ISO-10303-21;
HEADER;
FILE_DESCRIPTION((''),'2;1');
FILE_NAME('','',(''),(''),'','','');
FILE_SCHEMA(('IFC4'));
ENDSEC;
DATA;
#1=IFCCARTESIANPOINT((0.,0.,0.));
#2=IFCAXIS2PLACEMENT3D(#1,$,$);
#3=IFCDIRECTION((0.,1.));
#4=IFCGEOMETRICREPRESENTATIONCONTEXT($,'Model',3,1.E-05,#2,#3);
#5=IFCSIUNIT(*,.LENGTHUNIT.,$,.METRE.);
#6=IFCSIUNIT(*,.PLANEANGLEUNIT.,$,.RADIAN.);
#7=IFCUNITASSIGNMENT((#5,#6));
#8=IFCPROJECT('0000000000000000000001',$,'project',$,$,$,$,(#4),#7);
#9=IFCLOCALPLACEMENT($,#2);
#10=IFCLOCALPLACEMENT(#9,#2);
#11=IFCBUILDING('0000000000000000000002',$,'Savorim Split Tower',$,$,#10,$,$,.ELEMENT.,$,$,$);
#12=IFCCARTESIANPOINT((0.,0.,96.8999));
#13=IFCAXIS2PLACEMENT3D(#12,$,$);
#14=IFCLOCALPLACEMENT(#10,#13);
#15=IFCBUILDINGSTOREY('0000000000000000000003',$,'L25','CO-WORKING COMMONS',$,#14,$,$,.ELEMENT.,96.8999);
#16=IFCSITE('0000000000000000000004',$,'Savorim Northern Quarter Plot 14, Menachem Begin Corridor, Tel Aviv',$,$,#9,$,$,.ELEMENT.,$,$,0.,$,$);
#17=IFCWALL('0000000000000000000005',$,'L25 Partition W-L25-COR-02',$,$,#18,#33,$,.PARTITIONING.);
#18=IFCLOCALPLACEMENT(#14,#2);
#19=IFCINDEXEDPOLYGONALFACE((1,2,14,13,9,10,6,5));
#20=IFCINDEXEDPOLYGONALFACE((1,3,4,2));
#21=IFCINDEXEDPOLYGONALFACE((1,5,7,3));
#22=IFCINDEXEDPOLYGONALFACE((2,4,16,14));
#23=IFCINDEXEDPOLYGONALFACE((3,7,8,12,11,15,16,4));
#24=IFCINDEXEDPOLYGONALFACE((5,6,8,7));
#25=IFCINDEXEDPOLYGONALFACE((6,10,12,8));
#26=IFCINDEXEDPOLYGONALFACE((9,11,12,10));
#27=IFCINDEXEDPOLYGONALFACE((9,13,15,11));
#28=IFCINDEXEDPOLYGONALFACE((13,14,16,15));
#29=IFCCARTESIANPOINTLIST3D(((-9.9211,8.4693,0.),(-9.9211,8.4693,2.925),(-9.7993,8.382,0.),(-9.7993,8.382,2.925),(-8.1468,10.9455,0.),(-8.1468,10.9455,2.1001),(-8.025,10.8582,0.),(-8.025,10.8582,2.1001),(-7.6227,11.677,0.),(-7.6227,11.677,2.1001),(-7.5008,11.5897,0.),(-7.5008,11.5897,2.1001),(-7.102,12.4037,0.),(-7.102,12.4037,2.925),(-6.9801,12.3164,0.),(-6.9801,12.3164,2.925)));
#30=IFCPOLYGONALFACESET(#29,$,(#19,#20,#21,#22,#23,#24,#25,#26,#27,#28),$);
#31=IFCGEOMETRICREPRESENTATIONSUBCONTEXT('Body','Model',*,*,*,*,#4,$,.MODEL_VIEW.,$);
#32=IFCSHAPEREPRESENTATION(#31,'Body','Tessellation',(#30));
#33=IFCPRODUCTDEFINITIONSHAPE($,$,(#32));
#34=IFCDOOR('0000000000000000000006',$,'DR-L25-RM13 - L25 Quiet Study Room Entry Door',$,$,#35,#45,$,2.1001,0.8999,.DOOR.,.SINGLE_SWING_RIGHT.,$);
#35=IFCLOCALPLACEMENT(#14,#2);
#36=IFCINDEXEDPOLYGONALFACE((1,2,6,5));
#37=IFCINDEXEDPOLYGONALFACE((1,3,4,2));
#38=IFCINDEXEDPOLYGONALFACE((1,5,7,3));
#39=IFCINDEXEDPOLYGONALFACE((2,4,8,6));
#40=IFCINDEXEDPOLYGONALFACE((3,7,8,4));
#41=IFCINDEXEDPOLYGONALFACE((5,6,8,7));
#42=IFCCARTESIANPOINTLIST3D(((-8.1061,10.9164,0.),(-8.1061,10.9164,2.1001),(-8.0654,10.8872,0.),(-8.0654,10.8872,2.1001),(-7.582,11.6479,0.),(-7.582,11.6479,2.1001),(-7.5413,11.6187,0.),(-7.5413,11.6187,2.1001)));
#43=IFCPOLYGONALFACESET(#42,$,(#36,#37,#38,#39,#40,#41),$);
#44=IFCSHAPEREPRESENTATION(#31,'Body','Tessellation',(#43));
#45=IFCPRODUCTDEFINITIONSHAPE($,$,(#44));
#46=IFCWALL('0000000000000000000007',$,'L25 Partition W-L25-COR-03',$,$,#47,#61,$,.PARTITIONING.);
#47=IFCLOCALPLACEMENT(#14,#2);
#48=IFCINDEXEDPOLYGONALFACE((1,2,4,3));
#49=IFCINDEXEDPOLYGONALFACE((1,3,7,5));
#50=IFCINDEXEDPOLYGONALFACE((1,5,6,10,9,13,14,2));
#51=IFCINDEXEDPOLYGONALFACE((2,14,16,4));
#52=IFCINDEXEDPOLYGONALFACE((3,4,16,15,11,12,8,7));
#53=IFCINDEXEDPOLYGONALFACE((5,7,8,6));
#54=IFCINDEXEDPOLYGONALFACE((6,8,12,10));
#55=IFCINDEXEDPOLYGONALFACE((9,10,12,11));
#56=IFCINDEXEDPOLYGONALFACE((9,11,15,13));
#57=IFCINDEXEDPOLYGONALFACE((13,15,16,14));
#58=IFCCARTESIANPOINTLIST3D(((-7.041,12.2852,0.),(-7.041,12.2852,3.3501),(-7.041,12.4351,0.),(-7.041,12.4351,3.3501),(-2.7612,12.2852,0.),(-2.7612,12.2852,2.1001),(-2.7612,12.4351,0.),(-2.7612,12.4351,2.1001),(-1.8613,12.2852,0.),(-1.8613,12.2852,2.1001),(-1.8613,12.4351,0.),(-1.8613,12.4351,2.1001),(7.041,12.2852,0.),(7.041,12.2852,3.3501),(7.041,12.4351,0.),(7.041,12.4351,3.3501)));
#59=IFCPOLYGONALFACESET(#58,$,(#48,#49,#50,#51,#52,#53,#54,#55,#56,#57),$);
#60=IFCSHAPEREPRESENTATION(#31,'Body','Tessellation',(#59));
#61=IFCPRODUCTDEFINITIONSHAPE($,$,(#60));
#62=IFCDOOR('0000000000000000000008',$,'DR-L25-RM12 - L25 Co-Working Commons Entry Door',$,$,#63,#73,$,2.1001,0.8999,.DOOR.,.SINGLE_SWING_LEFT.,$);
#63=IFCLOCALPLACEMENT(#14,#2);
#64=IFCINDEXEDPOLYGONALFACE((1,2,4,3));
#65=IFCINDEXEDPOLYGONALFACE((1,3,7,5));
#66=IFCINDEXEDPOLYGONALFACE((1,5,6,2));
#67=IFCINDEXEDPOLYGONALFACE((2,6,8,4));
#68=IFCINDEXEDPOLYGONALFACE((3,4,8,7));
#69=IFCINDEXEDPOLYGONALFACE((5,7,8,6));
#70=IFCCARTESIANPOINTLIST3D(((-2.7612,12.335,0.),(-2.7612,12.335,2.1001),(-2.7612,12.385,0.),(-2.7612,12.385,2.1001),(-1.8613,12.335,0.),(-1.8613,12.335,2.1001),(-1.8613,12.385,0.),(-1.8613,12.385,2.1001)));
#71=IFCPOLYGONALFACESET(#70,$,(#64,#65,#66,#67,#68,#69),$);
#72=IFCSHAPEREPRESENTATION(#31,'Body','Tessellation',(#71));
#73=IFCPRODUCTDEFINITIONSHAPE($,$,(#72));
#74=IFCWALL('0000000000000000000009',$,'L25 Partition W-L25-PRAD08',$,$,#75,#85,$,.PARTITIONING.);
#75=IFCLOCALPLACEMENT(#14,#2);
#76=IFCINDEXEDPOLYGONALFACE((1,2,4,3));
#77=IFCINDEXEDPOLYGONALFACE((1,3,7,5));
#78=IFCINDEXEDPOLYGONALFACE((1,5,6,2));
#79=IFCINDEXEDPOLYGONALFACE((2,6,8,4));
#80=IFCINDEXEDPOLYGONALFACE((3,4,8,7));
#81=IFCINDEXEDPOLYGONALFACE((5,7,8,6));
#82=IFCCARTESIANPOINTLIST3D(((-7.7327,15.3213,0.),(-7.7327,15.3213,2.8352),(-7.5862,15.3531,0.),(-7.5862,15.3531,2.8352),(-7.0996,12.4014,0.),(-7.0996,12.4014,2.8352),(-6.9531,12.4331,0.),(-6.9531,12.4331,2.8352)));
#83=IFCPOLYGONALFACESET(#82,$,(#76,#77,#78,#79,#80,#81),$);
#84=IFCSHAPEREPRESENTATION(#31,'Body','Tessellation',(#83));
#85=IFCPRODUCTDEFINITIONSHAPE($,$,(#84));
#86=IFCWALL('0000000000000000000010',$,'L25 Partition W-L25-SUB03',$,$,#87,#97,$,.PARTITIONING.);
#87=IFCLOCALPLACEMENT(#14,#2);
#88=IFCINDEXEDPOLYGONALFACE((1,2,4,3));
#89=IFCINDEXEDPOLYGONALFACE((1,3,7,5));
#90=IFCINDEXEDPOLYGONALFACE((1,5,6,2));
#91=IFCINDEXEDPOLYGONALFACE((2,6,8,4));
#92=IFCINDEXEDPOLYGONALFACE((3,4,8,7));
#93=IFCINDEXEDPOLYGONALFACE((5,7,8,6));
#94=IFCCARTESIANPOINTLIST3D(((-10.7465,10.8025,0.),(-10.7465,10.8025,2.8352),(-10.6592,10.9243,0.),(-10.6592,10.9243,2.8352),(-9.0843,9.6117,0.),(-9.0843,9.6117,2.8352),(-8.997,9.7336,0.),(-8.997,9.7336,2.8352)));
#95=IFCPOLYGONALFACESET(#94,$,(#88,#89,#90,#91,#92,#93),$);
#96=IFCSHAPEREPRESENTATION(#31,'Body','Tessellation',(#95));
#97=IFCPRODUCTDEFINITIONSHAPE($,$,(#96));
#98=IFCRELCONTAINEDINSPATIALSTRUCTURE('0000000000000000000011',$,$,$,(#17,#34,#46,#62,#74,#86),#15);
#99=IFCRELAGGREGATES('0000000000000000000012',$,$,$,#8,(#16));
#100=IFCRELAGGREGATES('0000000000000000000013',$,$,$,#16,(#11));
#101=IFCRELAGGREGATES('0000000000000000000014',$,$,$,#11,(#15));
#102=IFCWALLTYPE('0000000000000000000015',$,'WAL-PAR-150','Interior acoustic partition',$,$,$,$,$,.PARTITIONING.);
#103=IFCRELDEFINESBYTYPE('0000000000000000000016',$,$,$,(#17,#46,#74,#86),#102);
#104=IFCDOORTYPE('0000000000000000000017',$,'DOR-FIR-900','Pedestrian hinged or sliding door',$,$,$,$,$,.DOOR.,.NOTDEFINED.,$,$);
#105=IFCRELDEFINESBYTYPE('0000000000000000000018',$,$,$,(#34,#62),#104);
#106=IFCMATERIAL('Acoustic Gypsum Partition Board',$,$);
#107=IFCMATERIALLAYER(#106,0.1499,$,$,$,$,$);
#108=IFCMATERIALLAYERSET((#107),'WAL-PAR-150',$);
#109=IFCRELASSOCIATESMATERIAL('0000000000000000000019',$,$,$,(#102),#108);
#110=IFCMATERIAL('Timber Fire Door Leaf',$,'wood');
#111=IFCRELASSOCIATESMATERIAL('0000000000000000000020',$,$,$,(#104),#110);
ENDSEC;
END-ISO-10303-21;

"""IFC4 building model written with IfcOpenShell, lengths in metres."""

from ifc_helpers import new_model, si_unit, direction, frame, frame_2d, origin, place, context, subcontext, project, spatial, rectangle, extrude, material, layer, layer_set, type_object, element, fill, save


model = new_model("IFC4")

# Units and contexts
model_context = context("Model", 3, precision=1e-05, world=origin(), true_north=direction((0.0, 1.0)))
body_context = subcontext(model_context, "Body", "Model", "MODEL_VIEW")
ifc_project = project(units=[si_unit("LENGTHUNIT", "METRE"), si_unit("PLANEANGLEUNIT", "RADIAN")], contexts=[model_context])

# Site, building, storey
site_placement = place(None, origin())
site = spatial("IfcSite", under=ifc_project, at=site_placement, Name="Savorim Northern Quarter Plot 14, Menachem Begin Corridor, Tel Aviv", CompositionType="ELEMENT", RefElevation=0.0)
building_placement = place(site_placement, origin())
building = spatial("IfcBuilding", under=site, at=building_placement, Name="Savorim Split Tower", CompositionType="ELEMENT")
storey_placement = place(building_placement, frame((0.0, 0.0, 96.8999)))
storey = spatial("IfcBuildingStorey", under=building, at=storey_placement, Name="L25", Description="CO-WORKING COMMONS", CompositionType="ELEMENT", Elevation=96.8999)

# Shared definitions
ifc_material_1 = material(Name="Acoustic Gypsum Partition Board")
ifc_layer_1 = layer(ifc_material_1, 0.1499)
ifc_layer_set_1 = layer_set([ifc_layer_1], Name="WAL-PAR-150")
wall_type_1 = type_object("IfcWallType", Name="WAL-PAR-150", Description="Interior acoustic partition", PredefinedType="PARTITIONING", material=ifc_layer_set_1)

# Walls, openings, doors
wall_1_placement = place(storey_placement, frame((-9.8601, 8.4258, 0.0), z_axis=(0.0, 0.0, 1.0), x_axis=(0.58245, 0.812867, 0.0)))
wall_1 = element("IfcWall", 1, at=wall_1_placement, inside=storey, type_object=wall_type_1, Name="L25 Partition W-L25-COR-02", PredefinedType="PARTITIONING", context=body_context, shape_type="SweptSolid", body=[
    extrude(rectangle(XDim=4.8401, YDim=0.1499, at=frame_2d((2.4199, 0.0))), origin(), (0.0, 0.0, 1.0), 2.925),
])
opening_1_placement = place(wall_1_placement, frame((3.0461, 0.0, 0.0)))
opening_1 = element("IfcOpeningElement", 2, at=opening_1_placement, cuts=wall_1, PredefinedType="OPENING", context=body_context, shape_type="SweptSolid", body=[
    extrude(rectangle(XDim=0.8999, YDim=2.1001, at=frame_2d((0.45, 1.05))), frame((0.0, 0.085, 0.0), z_axis=(0.0, -1.0, 0.0), x_axis=(1.0, 0.0, 0.0)), (0.0, 0.0, 1.0), 0.1699),
])
ifc_material_2 = material(Name="Timber Fire Door Leaf", Category="wood")
door_type_1 = type_object("IfcDoorType", Name="DOR-FIR-900", Description="Pedestrian hinged or sliding door", OperationType="NOTDEFINED", PredefinedType="DOOR", material=ifc_material_2)
door_1_placement = place(opening_1_placement, origin())
door_1 = element("IfcDoor", 3, at=door_1_placement, inside=storey, type_object=door_type_1, Name="DR-L25-RM13 - L25 Quiet Study Room Entry Door", OperationType="SINGLE_SWING_RIGHT", OverallHeight=2.1001, OverallWidth=0.8999, PredefinedType="DOOR", context=body_context, shape_type="SweptSolid", body=[
    extrude(rectangle(XDim=0.8999, YDim=2.1001, at=frame_2d((0.45, 1.05))), frame((0.0, 0.0249, 0.0), z_axis=(0.0, -1.0, 0.0), x_axis=(1.0, 0.0, 0.0)), (0.0, 0.0, 1.0), 0.05),
])
fill(opening_1, door_1)
wall_2_placement = place(storey_placement, frame((-7.041, 12.3601, 0.0), z_axis=(0.0, 0.0, 1.0), x_axis=(1.0, 0.0, 0.0)))
wall_2 = element("IfcWall", 4, at=wall_2_placement, inside=storey, type_object=wall_type_1, Name="L25 Partition W-L25-COR-03", PredefinedType="PARTITIONING", context=body_context, shape_type="SweptSolid", body=[
    extrude(rectangle(XDim=14.082, YDim=0.1499, at=frame_2d((7.041, 0.0))), origin(), (0.0, 0.0, 1.0), 3.3501),
])
opening_2_placement = place(wall_2_placement, frame((4.2798, 0.0, 0.0)))
opening_2 = element("IfcOpeningElement", 5, at=opening_2_placement, cuts=wall_2, PredefinedType="OPENING", context=body_context, shape_type="SweptSolid", body=[
    extrude(rectangle(XDim=0.8999, YDim=2.1001, at=frame_2d((0.45, 1.05))), frame((0.0, 0.085, 0.0), z_axis=(0.0, -1.0, 0.0), x_axis=(1.0, 0.0, 0.0)), (0.0, 0.0, 1.0), 0.1699),
])
door_2_placement = place(opening_2_placement, origin())
door_2 = element("IfcDoor", 6, at=door_2_placement, inside=storey, type_object=door_type_1, Name="DR-L25-RM12 - L25 Co-Working Commons Entry Door", OperationType="SINGLE_SWING_LEFT", OverallHeight=2.1001, OverallWidth=0.8999, PredefinedType="DOOR", context=body_context, shape_type="SweptSolid", body=[
    extrude(rectangle(XDim=0.8999, YDim=2.1001, at=frame_2d((0.45, 1.05))), frame((0.0, 0.0249, 0.0), z_axis=(0.0, -1.0, 0.0), x_axis=(1.0, 0.0, 0.0)), (0.0, 0.0, 1.0), 0.05),
])
fill(opening_2, door_2)

# Walls
wall_3_placement = place(storey_placement, frame((-7.0264, 12.4172, 0.0), z_axis=(0.0, 0.0, 1.0), x_axis=(-0.211883, 0.977295, 0.0)))
element("IfcWall", 7, at=wall_3_placement, inside=storey, type_object=wall_type_1, Name="L25 Partition W-L25-PRAD08", PredefinedType="PARTITIONING", context=body_context, shape_type="SweptSolid", body=[
    extrude(rectangle(XDim=2.9878, YDim=0.1499, at=frame_2d((1.4939, 0.0))), origin(), (0.0, 0.0, 1.0), 2.8352),
])
wall_4_placement = place(storey_placement, frame((-9.0405, 9.6726, 0.0), z_axis=(0.0, 0.0, 1.0), x_axis=(-0.812934, 0.582356, 0.0)))
element("IfcWall", 8, at=wall_4_placement, inside=storey, type_object=wall_type_1, Name="L25 Partition W-L25-SUB03", PredefinedType="PARTITIONING", context=body_context, shape_type="SweptSolid", body=[
    extrude(rectangle(XDim=2.0447, YDim=0.1499, at=frame_2d((1.0225, 0.0))), origin(), (0.0, 0.0, 1.0), 2.8352),
])

save(model, "model.ifc")
